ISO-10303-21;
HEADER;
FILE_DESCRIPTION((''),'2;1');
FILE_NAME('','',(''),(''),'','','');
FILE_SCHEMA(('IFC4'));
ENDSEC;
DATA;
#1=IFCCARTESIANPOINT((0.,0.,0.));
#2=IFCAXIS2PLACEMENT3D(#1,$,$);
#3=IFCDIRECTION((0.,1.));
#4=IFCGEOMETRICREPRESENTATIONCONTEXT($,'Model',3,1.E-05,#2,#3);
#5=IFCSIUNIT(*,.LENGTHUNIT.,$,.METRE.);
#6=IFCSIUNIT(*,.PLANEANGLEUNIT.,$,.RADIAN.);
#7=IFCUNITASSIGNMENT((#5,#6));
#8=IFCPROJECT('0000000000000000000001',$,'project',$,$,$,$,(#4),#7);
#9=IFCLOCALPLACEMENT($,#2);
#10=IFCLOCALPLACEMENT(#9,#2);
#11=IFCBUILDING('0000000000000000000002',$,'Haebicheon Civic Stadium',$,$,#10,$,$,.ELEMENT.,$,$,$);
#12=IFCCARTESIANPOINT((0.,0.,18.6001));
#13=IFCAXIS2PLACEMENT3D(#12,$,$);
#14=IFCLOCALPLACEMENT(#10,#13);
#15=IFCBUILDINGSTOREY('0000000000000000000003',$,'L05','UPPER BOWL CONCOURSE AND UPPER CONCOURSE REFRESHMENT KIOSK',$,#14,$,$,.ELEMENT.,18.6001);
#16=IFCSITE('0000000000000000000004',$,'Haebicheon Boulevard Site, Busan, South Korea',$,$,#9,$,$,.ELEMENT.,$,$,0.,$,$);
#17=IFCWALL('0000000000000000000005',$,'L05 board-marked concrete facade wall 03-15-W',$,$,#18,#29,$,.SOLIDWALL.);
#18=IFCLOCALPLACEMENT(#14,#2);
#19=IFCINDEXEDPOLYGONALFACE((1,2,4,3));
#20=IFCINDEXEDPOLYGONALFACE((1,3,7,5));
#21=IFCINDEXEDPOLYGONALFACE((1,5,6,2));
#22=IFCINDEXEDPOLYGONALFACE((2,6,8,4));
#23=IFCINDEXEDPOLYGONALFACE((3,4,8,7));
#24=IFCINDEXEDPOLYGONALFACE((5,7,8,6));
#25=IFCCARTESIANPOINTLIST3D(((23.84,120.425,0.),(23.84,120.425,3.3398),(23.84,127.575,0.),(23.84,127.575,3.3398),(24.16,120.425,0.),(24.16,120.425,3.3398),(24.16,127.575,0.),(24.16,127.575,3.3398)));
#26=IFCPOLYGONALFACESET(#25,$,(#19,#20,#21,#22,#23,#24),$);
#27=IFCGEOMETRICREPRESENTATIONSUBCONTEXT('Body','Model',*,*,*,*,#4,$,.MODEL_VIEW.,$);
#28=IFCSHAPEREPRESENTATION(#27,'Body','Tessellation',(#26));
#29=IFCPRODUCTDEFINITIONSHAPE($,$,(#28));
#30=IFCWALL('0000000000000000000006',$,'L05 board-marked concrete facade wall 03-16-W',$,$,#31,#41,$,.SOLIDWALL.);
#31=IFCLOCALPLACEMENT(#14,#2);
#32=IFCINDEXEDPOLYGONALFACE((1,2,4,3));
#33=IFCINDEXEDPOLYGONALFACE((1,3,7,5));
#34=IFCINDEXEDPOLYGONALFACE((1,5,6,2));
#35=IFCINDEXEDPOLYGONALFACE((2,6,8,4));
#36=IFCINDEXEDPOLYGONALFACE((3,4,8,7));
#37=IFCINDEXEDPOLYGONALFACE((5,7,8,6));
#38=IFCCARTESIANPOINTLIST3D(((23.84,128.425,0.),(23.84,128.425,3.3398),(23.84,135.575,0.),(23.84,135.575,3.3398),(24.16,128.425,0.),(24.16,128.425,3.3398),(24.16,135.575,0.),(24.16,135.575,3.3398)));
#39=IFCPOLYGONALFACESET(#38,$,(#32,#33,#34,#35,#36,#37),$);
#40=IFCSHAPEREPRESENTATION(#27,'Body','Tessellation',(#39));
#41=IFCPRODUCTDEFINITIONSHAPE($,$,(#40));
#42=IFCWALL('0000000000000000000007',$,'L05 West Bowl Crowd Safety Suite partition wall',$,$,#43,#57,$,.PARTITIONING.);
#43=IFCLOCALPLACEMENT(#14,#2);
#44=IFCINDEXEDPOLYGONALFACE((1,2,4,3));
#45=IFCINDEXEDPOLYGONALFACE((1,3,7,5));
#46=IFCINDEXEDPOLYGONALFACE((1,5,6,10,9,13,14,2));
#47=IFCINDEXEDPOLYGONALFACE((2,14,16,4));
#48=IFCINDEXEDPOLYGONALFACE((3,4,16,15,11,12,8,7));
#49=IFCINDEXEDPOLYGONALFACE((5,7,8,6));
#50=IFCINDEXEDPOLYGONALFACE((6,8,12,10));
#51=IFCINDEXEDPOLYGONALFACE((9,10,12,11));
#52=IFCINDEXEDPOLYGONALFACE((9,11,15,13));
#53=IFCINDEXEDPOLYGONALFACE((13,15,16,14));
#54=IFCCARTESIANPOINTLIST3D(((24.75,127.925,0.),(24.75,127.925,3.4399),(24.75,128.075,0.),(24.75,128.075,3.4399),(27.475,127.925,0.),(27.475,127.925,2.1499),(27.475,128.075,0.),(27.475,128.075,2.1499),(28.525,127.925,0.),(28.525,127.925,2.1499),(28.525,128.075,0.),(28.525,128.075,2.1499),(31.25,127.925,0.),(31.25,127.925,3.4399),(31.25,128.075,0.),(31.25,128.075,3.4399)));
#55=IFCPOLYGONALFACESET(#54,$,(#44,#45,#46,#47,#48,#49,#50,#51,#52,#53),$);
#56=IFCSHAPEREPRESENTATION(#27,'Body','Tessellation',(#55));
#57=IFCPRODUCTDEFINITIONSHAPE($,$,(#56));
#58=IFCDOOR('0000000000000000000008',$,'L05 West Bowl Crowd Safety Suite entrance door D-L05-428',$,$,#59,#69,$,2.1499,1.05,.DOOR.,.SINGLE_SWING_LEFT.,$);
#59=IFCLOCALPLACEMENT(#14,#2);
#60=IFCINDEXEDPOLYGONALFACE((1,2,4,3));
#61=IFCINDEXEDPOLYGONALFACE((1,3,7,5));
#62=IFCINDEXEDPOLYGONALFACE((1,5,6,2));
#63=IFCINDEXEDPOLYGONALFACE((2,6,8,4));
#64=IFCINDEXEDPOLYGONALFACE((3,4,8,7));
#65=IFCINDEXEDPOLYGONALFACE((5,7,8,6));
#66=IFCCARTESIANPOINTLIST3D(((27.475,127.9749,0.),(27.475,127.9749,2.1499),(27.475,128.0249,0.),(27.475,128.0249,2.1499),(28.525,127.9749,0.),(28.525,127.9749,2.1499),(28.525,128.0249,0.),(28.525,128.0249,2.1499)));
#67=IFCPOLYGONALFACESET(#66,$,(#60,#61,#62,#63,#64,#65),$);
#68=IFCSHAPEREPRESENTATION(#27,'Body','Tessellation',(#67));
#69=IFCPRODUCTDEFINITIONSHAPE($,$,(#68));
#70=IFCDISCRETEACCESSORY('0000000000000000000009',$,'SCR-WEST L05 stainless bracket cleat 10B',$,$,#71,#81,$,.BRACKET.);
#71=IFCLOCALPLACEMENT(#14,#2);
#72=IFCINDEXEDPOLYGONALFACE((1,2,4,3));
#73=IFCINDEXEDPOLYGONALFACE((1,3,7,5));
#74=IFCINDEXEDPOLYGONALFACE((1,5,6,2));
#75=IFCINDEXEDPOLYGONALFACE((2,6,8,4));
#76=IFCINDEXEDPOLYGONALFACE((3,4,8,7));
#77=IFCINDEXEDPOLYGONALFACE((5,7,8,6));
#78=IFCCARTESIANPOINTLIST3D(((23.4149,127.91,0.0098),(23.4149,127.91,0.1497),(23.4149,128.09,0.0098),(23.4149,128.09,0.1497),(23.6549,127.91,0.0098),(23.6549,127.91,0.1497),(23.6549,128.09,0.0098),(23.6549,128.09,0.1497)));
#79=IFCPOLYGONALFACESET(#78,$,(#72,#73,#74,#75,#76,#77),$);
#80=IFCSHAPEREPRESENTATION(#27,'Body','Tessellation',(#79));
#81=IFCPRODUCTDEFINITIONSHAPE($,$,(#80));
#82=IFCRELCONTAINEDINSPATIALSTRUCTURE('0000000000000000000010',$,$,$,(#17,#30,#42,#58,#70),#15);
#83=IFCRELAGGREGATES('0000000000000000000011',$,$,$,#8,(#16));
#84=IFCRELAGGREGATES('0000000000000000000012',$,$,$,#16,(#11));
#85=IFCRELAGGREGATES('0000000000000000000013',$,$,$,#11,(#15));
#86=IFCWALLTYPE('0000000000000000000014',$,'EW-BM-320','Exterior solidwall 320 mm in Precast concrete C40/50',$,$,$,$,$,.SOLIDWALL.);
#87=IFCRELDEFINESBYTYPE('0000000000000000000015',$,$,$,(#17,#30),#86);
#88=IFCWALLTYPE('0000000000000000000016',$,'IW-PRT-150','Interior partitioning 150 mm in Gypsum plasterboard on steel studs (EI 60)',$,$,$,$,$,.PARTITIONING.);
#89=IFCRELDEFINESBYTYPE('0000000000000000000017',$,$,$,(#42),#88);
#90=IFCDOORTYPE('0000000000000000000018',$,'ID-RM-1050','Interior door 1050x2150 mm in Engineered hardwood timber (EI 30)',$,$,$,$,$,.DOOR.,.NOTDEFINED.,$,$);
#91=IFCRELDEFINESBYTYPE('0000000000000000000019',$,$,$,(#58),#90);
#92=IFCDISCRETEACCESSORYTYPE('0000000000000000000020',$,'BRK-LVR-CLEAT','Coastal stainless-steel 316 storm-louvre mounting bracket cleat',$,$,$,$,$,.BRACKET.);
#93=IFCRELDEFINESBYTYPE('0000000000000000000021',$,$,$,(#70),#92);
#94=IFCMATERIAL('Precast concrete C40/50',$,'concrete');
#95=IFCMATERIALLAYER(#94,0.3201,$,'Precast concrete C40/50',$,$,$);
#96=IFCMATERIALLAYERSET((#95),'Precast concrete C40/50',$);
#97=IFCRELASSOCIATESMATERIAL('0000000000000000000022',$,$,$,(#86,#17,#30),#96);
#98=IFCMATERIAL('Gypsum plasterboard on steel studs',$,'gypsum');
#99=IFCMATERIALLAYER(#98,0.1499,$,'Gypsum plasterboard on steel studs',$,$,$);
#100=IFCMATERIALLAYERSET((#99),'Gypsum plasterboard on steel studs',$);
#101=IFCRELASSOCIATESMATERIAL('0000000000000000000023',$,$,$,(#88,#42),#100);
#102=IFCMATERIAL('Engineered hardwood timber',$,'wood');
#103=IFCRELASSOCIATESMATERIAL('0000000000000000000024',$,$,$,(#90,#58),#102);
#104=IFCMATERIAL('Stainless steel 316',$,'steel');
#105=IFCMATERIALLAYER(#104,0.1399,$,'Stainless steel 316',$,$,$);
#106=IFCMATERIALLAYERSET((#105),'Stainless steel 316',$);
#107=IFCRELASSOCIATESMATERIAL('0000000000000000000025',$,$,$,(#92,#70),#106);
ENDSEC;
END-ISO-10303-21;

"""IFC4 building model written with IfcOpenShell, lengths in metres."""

from ifc_helpers import new_model, si_unit, direction, frame, frame_2d, origin, origin_2d, place, context, subcontext, project, spatial, rectangle, extrude, material, layer, layer_set, type_object, element, fill, save


model = new_model("IFC4")

# Units and contexts
model_context = context("Model", 3, precision=1e-05, world=origin(), true_north=direction((0.0, 1.0)))
body_context = subcontext(model_context, "Body", "Model", "MODEL_VIEW")
ifc_project = project(units=[si_unit("LENGTHUNIT", "METRE"), si_unit("PLANEANGLEUNIT", "RADIAN")], contexts=[model_context])

# Site, building, storey
site_placement = place(None, origin())
site = spatial("IfcSite", under=ifc_project, at=site_placement, Name="Haebicheon Boulevard Site, Busan, South Korea", CompositionType="ELEMENT", RefElevation=0.0)
building_placement = place(site_placement, origin())
building = spatial("IfcBuilding", under=site, at=building_placement, Name="Haebicheon Civic Stadium", CompositionType="ELEMENT")
storey_placement = place(building_placement, frame((0.0, 0.0, 18.6001)))
storey = spatial("IfcBuildingStorey", under=building, at=storey_placement, Name="L05", Description="UPPER BOWL CONCOURSE AND UPPER CONCOURSE REFRESHMENT KIOSK", CompositionType="ELEMENT", Elevation=18.6001)

# Walls
ifc_material_1 = material(Name="Precast concrete C40/50", Category="concrete")
ifc_layer_1 = layer(ifc_material_1, 0.3201, Name="Precast concrete C40/50")
ifc_layer_set_1 = layer_set([ifc_layer_1], Name="Precast concrete C40/50")
wall_type_1 = type_object("IfcWallType", Name="EW-BM-320", Description="Exterior solidwall 320 mm in Precast concrete C40/50", PredefinedType="SOLIDWALL", material=ifc_layer_set_1)
for number, where, z_axis, x_axis, name in (
    (1, (24.0, 120.425, 0.0), (0.0, 0.0, 1.0), (0.0, 1.0, 0.0), "L05 board-marked concrete facade wall 03-15-W"),
    (2, (24.0, 128.425, 0.0), (0.0, 0.0, 1.0), (0.0, 1.0, 0.0), "L05 board-marked concrete facade wall 03-16-W"),
):
    element("IfcWall", number, at=place(storey_placement, frame(where, z_axis=z_axis, x_axis=x_axis)), inside=storey, type_object=wall_type_1, material=ifc_layer_set_1, Name=name, PredefinedType="SOLIDWALL", context=body_context, shape_type="SweptSolid", body=[
        extrude(rectangle(XDim=7.1499, YDim=0.3201, at=frame_2d((3.575, 0.0))), origin(), (0.0, 0.0, 1.0), 3.3398),
    ])

# Wall, opening, door
ifc_material_2 = material(Name="Gypsum plasterboard on steel studs", Category="gypsum")
ifc_layer_2 = layer(ifc_material_2, 0.1499, Name="Gypsum plasterboard on steel studs")
ifc_layer_set_2 = layer_set([ifc_layer_2], Name="Gypsum plasterboard on steel studs")
wall_type_2 = type_object("IfcWallType", Name="IW-PRT-150", Description="Interior partitioning 150 mm in Gypsum plasterboard on steel studs (EI 60)", PredefinedType="PARTITIONING", material=ifc_layer_set_2)
wall_placement = place(storey_placement, frame((24.75, 128.0, 0.0), z_axis=(0.0, 0.0, 1.0), x_axis=(1.0, 0.0, 0.0)))
wall = element("IfcWall", 3, at=wall_placement, inside=storey, type_object=wall_type_2, material=ifc_layer_set_2, Name="L05 West Bowl Crowd Safety Suite partition wall", PredefinedType="PARTITIONING", context=body_context, shape_type="SweptSolid", body=[
    extrude(rectangle(XDim=6.5, YDim=0.1499, at=frame_2d((3.25, 0.0))), origin(), (0.0, 0.0, 1.0), 3.4399),
])
opening_placement = place(wall_placement, frame((2.7251, 0.0, 0.0)))
opening = element("IfcOpeningElement", 4, at=opening_placement, cuts=wall, PredefinedType="OPENING", context=body_context, shape_type="SweptSolid", body=[
    extrude(rectangle(XDim=1.05, YDim=2.1499, at=frame_2d((0.5249, 1.075))), frame((0.0, 0.085, 0.0), z_axis=(0.0, -1.0, 0.0), x_axis=(1.0, 0.0, 0.0)), (0.0, 0.0, 1.0), 0.1699),
])
ifc_material_3 = material(Name="Engineered hardwood timber", Category="wood")
door_type = type_object("IfcDoorType", Name="ID-RM-1050", Description="Interior door 1050x2150 mm in Engineered hardwood timber (EI 30)", OperationType="NOTDEFINED", PredefinedType="DOOR", material=ifc_material_3)
door_placement = place(opening_placement, origin())
door = element("IfcDoor", 5, at=door_placement, inside=storey, type_object=door_type, material=ifc_material_3, Name="L05 West Bowl Crowd Safety Suite entrance door D-L05-428", OperationType="SINGLE_SWING_LEFT", OverallHeight=2.1499, OverallWidth=1.05, PredefinedType="DOOR", context=body_context, shape_type="SweptSolid", body=[
    extrude(rectangle(XDim=1.05, YDim=2.1499, at=frame_2d((0.5249, 1.075))), frame((0.0, 0.0249, 0.0), z_axis=(0.0, -1.0, 0.0), x_axis=(1.0, 0.0, 0.0)), (0.0, 0.0, 1.0), 0.05),
])
fill(opening, door)

# Discrete accessory
ifc_material_4 = material(Name="Stainless steel 316", Category="steel")
ifc_layer_3 = layer(ifc_material_4, 0.1399, Name="Stainless steel 316")
ifc_layer_set_3 = layer_set([ifc_layer_3], Name="Stainless steel 316")
discrete_accessory_type = type_object("IfcDiscreteAccessoryType", Name="BRK-LVR-CLEAT", Description="Coastal stainless-steel 316 storm-louvre mounting bracket cleat", PredefinedType="BRACKET", material=ifc_layer_set_3)
discrete_accessory_placement = place(storey_placement, frame((23.5349, 128.0, 0.0098), z_axis=(0.0, 0.0, 1.0), x_axis=(1.0, 0.0, 0.0)))
element("IfcDiscreteAccessory", 6, at=discrete_accessory_placement, inside=storey, type_object=discrete_accessory_type, material=ifc_layer_set_3, Name="SCR-WEST L05 stainless bracket cleat 10B", PredefinedType="BRACKET", context=body_context, shape_type="SweptSolid", body=[
    extrude(rectangle(XDim=0.24, YDim=0.1799, at=origin_2d()), origin(), (0.0, 0.0, 1.0), 0.1399),
])

save(model, "model.ifc")
